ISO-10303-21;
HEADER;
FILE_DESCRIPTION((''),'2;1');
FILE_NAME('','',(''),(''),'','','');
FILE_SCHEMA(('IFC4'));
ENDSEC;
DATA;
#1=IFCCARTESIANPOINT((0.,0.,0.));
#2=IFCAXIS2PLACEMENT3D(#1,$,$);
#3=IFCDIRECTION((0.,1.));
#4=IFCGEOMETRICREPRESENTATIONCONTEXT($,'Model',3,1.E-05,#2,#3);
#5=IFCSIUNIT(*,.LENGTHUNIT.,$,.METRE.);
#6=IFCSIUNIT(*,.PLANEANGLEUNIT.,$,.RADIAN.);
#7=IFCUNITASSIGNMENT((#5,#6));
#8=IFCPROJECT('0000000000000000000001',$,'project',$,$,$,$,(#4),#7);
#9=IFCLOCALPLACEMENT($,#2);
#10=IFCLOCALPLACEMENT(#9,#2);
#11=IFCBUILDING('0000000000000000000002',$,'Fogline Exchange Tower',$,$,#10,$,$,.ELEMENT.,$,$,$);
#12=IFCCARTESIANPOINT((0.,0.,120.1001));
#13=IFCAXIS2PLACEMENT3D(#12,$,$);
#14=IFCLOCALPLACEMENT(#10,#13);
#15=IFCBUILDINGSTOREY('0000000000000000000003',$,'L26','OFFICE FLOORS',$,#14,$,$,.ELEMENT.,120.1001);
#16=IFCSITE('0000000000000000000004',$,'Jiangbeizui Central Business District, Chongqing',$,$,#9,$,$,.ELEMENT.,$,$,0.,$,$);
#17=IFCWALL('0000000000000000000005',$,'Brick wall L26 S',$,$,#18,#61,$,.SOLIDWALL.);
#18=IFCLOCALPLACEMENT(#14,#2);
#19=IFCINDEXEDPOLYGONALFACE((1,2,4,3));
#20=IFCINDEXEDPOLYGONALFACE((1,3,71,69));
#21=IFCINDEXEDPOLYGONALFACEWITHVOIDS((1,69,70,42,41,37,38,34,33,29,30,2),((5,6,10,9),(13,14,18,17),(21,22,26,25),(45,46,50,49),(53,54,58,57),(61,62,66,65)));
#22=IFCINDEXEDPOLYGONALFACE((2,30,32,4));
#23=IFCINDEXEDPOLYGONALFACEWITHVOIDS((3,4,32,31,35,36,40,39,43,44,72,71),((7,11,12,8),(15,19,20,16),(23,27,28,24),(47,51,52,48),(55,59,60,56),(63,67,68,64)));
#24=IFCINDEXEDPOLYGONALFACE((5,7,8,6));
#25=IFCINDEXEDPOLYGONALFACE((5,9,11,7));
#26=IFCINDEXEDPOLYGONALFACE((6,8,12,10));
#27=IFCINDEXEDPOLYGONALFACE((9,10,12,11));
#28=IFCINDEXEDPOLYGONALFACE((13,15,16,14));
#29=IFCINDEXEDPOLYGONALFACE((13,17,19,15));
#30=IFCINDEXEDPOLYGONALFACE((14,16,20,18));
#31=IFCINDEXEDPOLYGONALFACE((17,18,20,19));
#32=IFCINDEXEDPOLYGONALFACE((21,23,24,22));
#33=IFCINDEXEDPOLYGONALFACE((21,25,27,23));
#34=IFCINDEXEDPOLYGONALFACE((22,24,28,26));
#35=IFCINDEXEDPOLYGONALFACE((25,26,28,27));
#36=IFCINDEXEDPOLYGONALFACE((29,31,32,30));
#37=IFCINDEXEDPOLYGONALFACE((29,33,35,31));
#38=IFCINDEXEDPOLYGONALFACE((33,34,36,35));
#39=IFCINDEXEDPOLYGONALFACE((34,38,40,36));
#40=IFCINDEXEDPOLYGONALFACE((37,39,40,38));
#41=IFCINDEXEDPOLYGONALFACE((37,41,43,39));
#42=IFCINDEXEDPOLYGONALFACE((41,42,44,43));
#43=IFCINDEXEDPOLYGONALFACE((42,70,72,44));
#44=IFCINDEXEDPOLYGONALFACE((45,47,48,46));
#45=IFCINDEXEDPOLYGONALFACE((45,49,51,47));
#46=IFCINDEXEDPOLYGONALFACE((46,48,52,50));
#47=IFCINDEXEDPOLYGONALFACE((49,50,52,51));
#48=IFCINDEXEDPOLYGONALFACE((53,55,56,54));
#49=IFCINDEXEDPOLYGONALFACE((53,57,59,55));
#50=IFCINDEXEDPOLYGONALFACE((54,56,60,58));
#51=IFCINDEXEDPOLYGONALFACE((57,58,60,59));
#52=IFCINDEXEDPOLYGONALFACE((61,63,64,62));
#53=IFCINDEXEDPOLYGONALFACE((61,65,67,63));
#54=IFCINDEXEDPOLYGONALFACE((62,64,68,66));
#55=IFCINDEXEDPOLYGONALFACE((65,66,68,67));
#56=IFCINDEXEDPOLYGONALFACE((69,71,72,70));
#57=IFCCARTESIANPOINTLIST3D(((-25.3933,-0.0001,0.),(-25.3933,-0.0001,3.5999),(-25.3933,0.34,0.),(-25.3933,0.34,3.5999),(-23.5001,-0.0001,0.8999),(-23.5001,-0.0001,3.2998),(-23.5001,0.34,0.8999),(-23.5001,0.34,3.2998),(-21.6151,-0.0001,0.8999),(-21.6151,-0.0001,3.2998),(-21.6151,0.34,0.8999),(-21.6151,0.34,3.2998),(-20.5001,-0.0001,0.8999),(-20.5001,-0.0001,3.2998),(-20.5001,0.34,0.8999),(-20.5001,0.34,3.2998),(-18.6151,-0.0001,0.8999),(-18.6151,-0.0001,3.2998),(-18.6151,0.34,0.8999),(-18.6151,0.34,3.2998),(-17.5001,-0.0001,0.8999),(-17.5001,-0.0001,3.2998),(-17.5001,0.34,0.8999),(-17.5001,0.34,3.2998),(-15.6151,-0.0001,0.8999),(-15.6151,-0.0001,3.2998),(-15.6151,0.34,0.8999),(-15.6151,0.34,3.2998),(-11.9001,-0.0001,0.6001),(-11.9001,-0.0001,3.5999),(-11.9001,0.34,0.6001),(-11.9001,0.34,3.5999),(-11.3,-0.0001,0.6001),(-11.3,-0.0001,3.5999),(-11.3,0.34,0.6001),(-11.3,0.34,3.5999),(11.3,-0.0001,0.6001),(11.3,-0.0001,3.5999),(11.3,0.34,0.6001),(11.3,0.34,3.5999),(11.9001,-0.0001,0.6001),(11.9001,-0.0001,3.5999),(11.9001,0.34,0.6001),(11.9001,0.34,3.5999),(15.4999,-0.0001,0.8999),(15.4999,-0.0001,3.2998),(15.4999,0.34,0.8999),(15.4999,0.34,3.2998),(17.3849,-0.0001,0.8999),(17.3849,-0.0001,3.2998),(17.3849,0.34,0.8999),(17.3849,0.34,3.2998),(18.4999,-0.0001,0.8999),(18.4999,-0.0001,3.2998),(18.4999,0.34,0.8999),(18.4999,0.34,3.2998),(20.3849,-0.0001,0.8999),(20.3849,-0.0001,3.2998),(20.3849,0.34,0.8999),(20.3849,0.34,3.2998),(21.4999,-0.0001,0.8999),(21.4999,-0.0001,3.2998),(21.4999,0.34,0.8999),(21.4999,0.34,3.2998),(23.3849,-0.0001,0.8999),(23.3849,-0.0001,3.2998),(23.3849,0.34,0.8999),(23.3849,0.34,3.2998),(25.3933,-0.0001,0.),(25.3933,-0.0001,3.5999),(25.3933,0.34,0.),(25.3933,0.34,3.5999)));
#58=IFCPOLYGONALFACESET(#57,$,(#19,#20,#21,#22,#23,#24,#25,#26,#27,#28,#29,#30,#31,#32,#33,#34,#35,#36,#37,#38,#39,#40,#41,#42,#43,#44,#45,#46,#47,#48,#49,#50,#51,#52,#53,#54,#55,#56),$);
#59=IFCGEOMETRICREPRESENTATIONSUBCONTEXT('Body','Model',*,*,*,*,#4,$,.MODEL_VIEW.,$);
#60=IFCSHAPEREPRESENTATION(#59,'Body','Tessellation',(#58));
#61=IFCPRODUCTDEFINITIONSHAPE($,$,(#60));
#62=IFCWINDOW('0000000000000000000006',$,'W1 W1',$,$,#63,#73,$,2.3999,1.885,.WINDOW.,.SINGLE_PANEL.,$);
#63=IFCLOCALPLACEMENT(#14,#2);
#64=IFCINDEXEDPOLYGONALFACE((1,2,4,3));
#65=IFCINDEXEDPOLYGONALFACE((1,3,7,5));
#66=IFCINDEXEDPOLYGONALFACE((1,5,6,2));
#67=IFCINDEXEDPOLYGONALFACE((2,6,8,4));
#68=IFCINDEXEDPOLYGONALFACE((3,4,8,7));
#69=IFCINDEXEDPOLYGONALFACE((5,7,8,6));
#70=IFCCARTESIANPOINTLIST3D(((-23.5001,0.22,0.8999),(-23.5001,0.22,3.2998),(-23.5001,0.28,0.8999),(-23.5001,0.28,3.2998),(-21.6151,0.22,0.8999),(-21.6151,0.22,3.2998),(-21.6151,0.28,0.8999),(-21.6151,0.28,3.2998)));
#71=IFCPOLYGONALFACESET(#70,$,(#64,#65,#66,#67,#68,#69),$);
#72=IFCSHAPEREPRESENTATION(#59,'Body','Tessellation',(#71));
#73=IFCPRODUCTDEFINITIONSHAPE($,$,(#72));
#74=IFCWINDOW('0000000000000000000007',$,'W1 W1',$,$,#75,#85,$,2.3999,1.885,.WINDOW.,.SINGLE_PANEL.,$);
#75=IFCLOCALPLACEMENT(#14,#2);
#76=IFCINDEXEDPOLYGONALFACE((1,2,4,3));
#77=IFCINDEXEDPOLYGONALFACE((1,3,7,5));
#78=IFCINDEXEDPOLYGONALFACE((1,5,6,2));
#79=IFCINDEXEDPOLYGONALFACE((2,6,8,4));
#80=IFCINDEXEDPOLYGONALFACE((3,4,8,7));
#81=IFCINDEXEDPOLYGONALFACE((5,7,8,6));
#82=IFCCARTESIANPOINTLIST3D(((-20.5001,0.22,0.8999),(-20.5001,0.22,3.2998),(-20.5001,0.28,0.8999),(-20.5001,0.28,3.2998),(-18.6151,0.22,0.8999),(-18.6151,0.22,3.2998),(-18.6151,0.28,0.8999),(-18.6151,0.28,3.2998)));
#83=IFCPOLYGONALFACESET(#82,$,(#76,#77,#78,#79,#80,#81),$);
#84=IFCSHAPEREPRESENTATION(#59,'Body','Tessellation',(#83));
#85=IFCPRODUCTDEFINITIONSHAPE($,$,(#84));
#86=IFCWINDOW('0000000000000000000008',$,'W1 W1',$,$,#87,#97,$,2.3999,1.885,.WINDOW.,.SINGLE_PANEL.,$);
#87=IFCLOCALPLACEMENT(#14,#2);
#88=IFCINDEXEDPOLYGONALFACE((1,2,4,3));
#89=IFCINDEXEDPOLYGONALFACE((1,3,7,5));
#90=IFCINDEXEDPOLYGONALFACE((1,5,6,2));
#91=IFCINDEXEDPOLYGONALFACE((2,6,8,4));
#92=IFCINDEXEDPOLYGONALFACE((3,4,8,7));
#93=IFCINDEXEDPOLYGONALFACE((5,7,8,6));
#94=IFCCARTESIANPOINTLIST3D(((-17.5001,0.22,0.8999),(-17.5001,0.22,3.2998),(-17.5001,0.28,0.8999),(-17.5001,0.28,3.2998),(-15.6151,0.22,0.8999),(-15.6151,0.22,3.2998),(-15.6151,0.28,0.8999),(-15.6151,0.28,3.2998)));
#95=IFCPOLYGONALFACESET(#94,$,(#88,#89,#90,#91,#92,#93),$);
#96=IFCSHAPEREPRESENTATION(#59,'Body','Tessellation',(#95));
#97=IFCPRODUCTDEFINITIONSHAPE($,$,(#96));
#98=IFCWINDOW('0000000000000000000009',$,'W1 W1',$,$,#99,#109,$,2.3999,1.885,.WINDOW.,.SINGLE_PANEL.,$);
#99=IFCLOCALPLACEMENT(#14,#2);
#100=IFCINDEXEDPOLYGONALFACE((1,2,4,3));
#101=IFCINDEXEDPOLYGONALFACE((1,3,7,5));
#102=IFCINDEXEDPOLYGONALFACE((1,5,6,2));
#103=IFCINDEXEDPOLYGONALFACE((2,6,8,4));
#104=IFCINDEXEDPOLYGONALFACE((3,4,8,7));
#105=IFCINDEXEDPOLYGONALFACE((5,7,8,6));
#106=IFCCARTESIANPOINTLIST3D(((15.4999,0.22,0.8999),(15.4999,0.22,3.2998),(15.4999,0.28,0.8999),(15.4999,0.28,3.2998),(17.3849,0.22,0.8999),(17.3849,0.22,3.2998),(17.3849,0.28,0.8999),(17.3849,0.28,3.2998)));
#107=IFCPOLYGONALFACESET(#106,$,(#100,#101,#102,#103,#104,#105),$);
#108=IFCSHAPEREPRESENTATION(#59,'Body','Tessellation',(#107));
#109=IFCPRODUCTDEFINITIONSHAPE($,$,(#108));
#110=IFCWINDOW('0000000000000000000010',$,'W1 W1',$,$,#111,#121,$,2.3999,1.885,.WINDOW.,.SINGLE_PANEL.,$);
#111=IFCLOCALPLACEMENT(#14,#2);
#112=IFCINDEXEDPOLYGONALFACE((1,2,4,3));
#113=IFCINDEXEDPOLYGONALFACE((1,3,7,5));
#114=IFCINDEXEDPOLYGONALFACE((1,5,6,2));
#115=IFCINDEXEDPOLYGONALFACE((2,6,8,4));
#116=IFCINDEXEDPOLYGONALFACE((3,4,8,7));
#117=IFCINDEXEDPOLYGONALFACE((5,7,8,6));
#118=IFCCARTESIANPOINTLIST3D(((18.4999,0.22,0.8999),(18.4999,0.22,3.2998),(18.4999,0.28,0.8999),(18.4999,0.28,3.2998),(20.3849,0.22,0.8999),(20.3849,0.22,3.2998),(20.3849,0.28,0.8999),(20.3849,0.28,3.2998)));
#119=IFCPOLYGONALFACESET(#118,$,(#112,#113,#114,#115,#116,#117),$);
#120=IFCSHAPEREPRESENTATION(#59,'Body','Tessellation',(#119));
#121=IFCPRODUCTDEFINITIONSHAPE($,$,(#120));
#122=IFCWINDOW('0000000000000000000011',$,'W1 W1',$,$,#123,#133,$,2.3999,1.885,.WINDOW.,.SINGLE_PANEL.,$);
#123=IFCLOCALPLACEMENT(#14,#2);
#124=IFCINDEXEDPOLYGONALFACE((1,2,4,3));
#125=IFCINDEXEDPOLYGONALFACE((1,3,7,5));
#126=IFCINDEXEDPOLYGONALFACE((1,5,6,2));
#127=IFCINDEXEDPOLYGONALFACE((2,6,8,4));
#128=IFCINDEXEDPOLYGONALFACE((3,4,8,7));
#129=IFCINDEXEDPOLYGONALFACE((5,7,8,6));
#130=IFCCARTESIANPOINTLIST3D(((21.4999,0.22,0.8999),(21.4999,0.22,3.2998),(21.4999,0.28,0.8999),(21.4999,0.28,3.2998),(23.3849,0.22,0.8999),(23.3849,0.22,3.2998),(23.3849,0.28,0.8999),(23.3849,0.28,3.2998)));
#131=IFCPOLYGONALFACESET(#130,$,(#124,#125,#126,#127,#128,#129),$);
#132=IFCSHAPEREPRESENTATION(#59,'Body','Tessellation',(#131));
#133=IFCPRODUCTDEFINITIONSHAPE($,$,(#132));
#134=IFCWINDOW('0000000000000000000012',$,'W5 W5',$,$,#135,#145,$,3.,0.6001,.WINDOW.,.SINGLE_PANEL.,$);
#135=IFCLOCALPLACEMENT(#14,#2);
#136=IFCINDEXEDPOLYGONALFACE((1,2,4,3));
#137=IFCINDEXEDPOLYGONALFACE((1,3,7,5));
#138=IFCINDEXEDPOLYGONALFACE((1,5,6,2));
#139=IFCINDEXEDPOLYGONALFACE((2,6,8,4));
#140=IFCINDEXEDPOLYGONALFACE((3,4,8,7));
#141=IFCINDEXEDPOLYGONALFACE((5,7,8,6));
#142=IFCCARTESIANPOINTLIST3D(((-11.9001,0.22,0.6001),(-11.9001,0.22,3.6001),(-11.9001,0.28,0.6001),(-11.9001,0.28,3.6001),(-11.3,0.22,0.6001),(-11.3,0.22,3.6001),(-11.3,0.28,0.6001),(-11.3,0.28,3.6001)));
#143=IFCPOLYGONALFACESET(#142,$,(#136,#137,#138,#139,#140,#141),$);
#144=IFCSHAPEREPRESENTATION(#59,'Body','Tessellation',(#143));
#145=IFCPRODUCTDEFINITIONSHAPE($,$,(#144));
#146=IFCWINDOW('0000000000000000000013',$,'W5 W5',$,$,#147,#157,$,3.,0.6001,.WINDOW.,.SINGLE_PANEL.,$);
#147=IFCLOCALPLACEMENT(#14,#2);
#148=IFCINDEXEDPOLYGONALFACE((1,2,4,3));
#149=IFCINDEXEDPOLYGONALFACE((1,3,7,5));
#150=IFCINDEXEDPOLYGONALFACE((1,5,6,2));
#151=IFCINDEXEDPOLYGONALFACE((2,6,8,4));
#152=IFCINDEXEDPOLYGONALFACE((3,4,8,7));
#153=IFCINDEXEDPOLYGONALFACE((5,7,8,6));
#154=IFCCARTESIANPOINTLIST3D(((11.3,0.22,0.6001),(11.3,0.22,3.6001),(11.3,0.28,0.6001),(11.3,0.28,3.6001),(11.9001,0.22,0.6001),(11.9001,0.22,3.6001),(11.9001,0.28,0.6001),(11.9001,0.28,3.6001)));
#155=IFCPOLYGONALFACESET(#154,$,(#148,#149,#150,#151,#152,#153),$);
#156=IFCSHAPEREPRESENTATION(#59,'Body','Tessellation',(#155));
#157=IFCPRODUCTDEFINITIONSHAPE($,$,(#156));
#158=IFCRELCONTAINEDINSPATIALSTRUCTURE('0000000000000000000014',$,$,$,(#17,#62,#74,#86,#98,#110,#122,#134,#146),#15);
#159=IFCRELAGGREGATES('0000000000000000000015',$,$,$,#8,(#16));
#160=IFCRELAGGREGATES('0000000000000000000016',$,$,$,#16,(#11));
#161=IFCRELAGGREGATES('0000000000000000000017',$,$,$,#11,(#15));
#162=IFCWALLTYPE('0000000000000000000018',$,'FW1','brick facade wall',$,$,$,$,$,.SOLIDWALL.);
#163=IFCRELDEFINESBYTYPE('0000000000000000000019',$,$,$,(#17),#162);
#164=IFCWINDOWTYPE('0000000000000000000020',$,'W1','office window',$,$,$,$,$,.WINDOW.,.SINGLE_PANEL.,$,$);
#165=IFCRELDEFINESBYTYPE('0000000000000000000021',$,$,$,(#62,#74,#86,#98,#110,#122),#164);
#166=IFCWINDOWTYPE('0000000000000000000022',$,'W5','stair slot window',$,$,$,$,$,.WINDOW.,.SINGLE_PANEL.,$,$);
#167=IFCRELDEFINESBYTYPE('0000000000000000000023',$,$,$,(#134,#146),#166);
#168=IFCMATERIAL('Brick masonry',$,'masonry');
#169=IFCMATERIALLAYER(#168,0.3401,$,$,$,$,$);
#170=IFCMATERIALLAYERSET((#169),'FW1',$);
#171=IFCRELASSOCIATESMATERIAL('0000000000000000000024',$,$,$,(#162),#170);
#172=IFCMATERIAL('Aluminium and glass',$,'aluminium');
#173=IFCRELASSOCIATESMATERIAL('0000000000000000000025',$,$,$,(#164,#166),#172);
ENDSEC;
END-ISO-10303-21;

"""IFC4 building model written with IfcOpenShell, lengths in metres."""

from ifc_helpers import new_model, si_unit, direction, frame, frame_2d, origin, place, context, subcontext, project, spatial, rectangle, extrude, material, layer, layer_set, type_object, element, fill, save


model = new_model("IFC4")

# Units and contexts
model_context = context("Model", 3, precision=1e-05, world=origin(), true_north=direction((0.0, 1.0)))
body_context = subcontext(model_context, "Body", "Model", "MODEL_VIEW")
ifc_project = project(units=[si_unit("LENGTHUNIT", "METRE"), si_unit("PLANEANGLEUNIT", "RADIAN")], contexts=[model_context])

# Site, building, storey
site_placement = place(None, origin())
site = spatial("IfcSite", under=ifc_project, at=site_placement, Name="Jiangbeizui Central Business District, Chongqing", CompositionType="ELEMENT", RefElevation=0.0)
building_placement = place(site_placement, origin())
building = spatial("IfcBuilding", under=site, at=building_placement, Name="Fogline Exchange Tower", CompositionType="ELEMENT")
storey_placement = place(building_placement, frame((0.0, 0.0, 120.1001)))
storey = spatial("IfcBuildingStorey", under=building, at=storey_placement, Name="L26", Description="OFFICE FLOORS", CompositionType="ELEMENT", Elevation=120.1001)

# Shared definitions
ifc_material_1 = material(Name="Brick masonry", Category="masonry")
ifc_layer_1 = layer(ifc_material_1, 0.3401)
ifc_layer_set_1 = layer_set([ifc_layer_1], Name="FW1")
wall_type_1 = type_object("IfcWallType", Name="FW1", Description="brick facade wall", PredefinedType="SOLIDWALL", material=ifc_layer_set_1)
ifc_material_2 = material(Name="Aluminium and glass", Category="aluminium")

# Wall, openings, windows
wall_1_placement = place(storey_placement, frame((-25.3933, 0.1699, 0.0), z_axis=(0.0, 0.0, 1.0), x_axis=(1.0, 0.0, 0.0)))
wall_1 = element("IfcWall", 1, at=wall_1_placement, inside=storey, type_object=wall_type_1, Name="Brick wall L26 S", PredefinedType="SOLIDWALL", context=body_context, shape_type="SweptSolid", body=[
    extrude(rectangle(XDim=50.7866, YDim=0.3401, at=frame_2d((25.3933, 0.0))), origin(), (0.0, 0.0, 1.0), 3.5999),
])
opening_1_placement = place(wall_1_placement, frame((1.8933, 0.0, 0.8999)))
opening_1 = element("IfcOpeningElement", 2, at=opening_1_placement, cuts=wall_1, PredefinedType="OPENING", context=body_context, shape_type="SweptSolid", body=[
    extrude(rectangle(XDim=1.885, YDim=2.3999, at=frame_2d((0.9424, 1.2))), frame((0.0, 0.1802, 0.0), z_axis=(0.0, -1.0, 0.0), x_axis=(1.0, 0.0, 0.0)), (0.0, 0.0, 1.0), 0.3601),
])
opening_2_placement = place(wall_1_placement, frame((4.8933, 0.0, 0.8999)))
opening_2 = element("IfcOpeningElement", 3, at=opening_2_placement, cuts=wall_1, PredefinedType="OPENING", context=body_context, shape_type="SweptSolid", body=[
    extrude(rectangle(XDim=1.885, YDim=2.3999, at=frame_2d((0.9424, 1.2))), frame((0.0, 0.1802, 0.0), z_axis=(0.0, -1.0, 0.0), x_axis=(1.0, 0.0, 0.0)), (0.0, 0.0, 1.0), 0.3601),
])
opening_3_placement = place(wall_1_placement, frame((7.8933, 0.0, 0.8999)))
opening_3 = element("IfcOpeningElement", 4, at=opening_3_placement, cuts=wall_1, PredefinedType="OPENING", context=body_context, shape_type="SweptSolid", body=[
    extrude(rectangle(XDim=1.885, YDim=2.3999, at=frame_2d((0.9424, 1.2))), frame((0.0, 0.1802, 0.0), z_axis=(0.0, -1.0, 0.0), x_axis=(1.0, 0.0, 0.0)), (0.0, 0.0, 1.0), 0.3601),
])
opening_4_placement = place(wall_1_placement, frame((40.8933, 0.0, 0.8999)))
opening_4 = element("IfcOpeningElement", 5, at=opening_4_placement, cuts=wall_1, PredefinedType="OPENING", context=body_context, shape_type="SweptSolid", body=[
    extrude(rectangle(XDim=1.885, YDim=2.3999, at=frame_2d((0.9424, 1.2))), frame((0.0, 0.1802, 0.0), z_axis=(0.0, -1.0, 0.0), x_axis=(1.0, 0.0, 0.0)), (0.0, 0.0, 1.0), 0.3601),
])
opening_5_placement = place(wall_1_placement, frame((43.8933, 0.0, 0.8999)))
opening_5 = element("IfcOpeningElement", 6, at=opening_5_placement, cuts=wall_1, PredefinedType="OPENING", context=body_context, shape_type="SweptSolid", body=[
    extrude(rectangle(XDim=1.885, YDim=2.3999, at=frame_2d((0.9424, 1.2))), frame((0.0, 0.1802, 0.0), z_axis=(0.0, -1.0, 0.0), x_axis=(1.0, 0.0, 0.0)), (0.0, 0.0, 1.0), 0.3601),
])
opening_6_placement = place(wall_1_placement, frame((46.8933, 0.0, 0.8999)))
opening_6 = element("IfcOpeningElement", 7, at=opening_6_placement, cuts=wall_1, PredefinedType="OPENING", context=body_context, shape_type="SweptSolid", body=[
    extrude(rectangle(XDim=1.885, YDim=2.3999, at=frame_2d((0.9424, 1.2))), frame((0.0, 0.1802, 0.0), z_axis=(0.0, -1.0, 0.0), x_axis=(1.0, 0.0, 0.0)), (0.0, 0.0, 1.0), 0.3601),
])
opening_7_placement = place(wall_1_placement, frame((13.4932, 0.0, 0.6001)))
opening_7 = element("IfcOpeningElement", 8, at=opening_7_placement, cuts=wall_1, PredefinedType="OPENING", context=body_context, shape_type="SweptSolid", body=[
    extrude(rectangle(XDim=0.6001, YDim=3.0, at=frame_2d((0.3, 1.5))), frame((0.0, 0.1802, 0.0), z_axis=(0.0, -1.0, 0.0), x_axis=(1.0, 0.0, 0.0)), (0.0, 0.0, 1.0), 0.3601),
])
opening_8_placement = place(wall_1_placement, frame((36.6934, 0.0, 0.6001)))
opening_8 = element("IfcOpeningElement", 9, at=opening_8_placement, cuts=wall_1, PredefinedType="OPENING", context=body_context, shape_type="SweptSolid", body=[
    extrude(rectangle(XDim=0.6001, YDim=3.0, at=frame_2d((0.3, 1.5))), frame((0.0, 0.1802, 0.0), z_axis=(0.0, -1.0, 0.0), x_axis=(1.0, 0.0, 0.0)), (0.0, 0.0, 1.0), 0.3601),
])
window_type_1 = type_object("IfcWindowType", Name="W1", Description="office window", PartitioningType="SINGLE_PANEL", PredefinedType="WINDOW", material=ifc_material_2)
window_1_placement = place(opening_1_placement, origin())
window_1 = element("IfcWindow", 10, at=window_1_placement, inside=storey, type_object=window_type_1, Name="W1 W1", OverallHeight=2.3999, OverallWidth=1.885, PartitioningType="SINGLE_PANEL", PredefinedType="WINDOW", context=body_context, shape_type="SweptSolid", body=[
    extrude(rectangle(XDim=1.885, YDim=2.3999, at=frame_2d((0.9424, 1.2))), frame((0.0, 0.1101, 0.0), z_axis=(0.0, -1.0, 0.0), x_axis=(1.0, 0.0, 0.0)), (0.0, 0.0, 1.0), 0.0601),
])
fill(opening_1, window_1)
window_2_placement = place(opening_2_placement, origin())
window_2 = element("IfcWindow", 11, at=window_2_placement, inside=storey, type_object=window_type_1, Name="W1 W1", OverallHeight=2.3999, OverallWidth=1.885, PartitioningType="SINGLE_PANEL", PredefinedType="WINDOW", context=body_context, shape_type="SweptSolid", body=[
    extrude(rectangle(XDim=1.885, YDim=2.3999, at=frame_2d((0.9424, 1.2))), frame((0.0, 0.1101, 0.0), z_axis=(0.0, -1.0, 0.0), x_axis=(1.0, 0.0, 0.0)), (0.0, 0.0, 1.0), 0.0601),
])
fill(opening_2, window_2)
window_3_placement = place(opening_3_placement, origin())
window_3 = element("IfcWindow", 12, at=window_3_placement, inside=storey, type_object=window_type_1, Name="W1 W1", OverallHeight=2.3999, OverallWidth=1.885, PartitioningType="SINGLE_PANEL", PredefinedType="WINDOW", context=body_context, shape_type="SweptSolid", body=[
    extrude(rectangle(XDim=1.885, YDim=2.3999, at=frame_2d((0.9424, 1.2))), frame((0.0, 0.1101, 0.0), z_axis=(0.0, -1.0, 0.0), x_axis=(1.0, 0.0, 0.0)), (0.0, 0.0, 1.0), 0.0601),
])
fill(opening_3, window_3)
window_4_placement = place(opening_4_placement, origin())
window_4 = element("IfcWindow", 13, at=window_4_placement, inside=storey, type_object=window_type_1, Name="W1 W1", OverallHeight=2.3999, OverallWidth=1.885, PartitioningType="SINGLE_PANEL", PredefinedType="WINDOW", context=body_context, shape_type="SweptSolid", body=[
    extrude(rectangle(XDim=1.885, YDim=2.3999, at=frame_2d((0.9424, 1.2))), frame((0.0, 0.1101, 0.0), z_axis=(0.0, -1.0, 0.0), x_axis=(1.0, 0.0, 0.0)), (0.0, 0.0, 1.0), 0.0601),
])
fill(opening_4, window_4)
window_5_placement = place(opening_5_placement, origin())
window_5 = element("IfcWindow", 14, at=window_5_placement, inside=storey, type_object=window_type_1, Name="W1 W1", OverallHeight=2.3999, OverallWidth=1.885, PartitioningType="SINGLE_PANEL", PredefinedType="WINDOW", context=body_context, shape_type="SweptSolid", body=[
    extrude(rectangle(XDim=1.885, YDim=2.3999, at=frame_2d((0.9424, 1.2))), frame((0.0, 0.1101, 0.0), z_axis=(0.0, -1.0, 0.0), x_axis=(1.0, 0.0, 0.0)), (0.0, 0.0, 1.0), 0.0601),
])
fill(opening_5, window_5)
window_6_placement = place(opening_6_placement, origin())
window_6 = element("IfcWindow", 15, at=window_6_placement, inside=storey, type_object=window_type_1, Name="W1 W1", OverallHeight=2.3999, OverallWidth=1.885, PartitioningType="SINGLE_PANEL", PredefinedType="WINDOW", context=body_context, shape_type="SweptSolid", body=[
    extrude(rectangle(XDim=1.885, YDim=2.3999, at=frame_2d((0.9424, 1.2))), frame((0.0, 0.1101, 0.0), z_axis=(0.0, -1.0, 0.0), x_axis=(1.0, 0.0, 0.0)), (0.0, 0.0, 1.0), 0.0601),
])
fill(opening_6, window_6)
window_type_2 = type_object("IfcWindowType", Name="W5", Description="stair slot window", PartitioningType="SINGLE_PANEL", PredefinedType="WINDOW", material=ifc_material_2)
window_7_placement = place(opening_7_placement, origin())
window_7 = element("IfcWindow", 16, at=window_7_placement, inside=storey, type_object=window_type_2, Name="W5 W5", OverallHeight=3.0, OverallWidth=0.6001, PartitioningType="SINGLE_PANEL", PredefinedType="WINDOW", context=body_context, shape_type="SweptSolid", body=[
    extrude(rectangle(XDim=0.6001, YDim=3.0, at=frame_2d((0.3, 1.5))), frame((0.0, 0.1101, 0.0), z_axis=(0.0, -1.0, 0.0), x_axis=(1.0, 0.0, 0.0)), (0.0, 0.0, 1.0), 0.0601),
])
fill(opening_7, window_7)
window_8_placement = place(opening_8_placement, origin())
window_8 = element("IfcWindow", 17, at=window_8_placement, inside=storey, type_object=window_type_2, Name="W5 W5", OverallHeight=3.0, OverallWidth=0.6001, PartitioningType="SINGLE_PANEL", PredefinedType="WINDOW", context=body_context, shape_type="SweptSolid", body=[
    extrude(rectangle(XDim=0.6001, YDim=3.0, at=frame_2d((0.3, 1.5))), frame((0.0, 0.1101, 0.0), z_axis=(0.0, -1.0, 0.0), x_axis=(1.0, 0.0, 0.0)), (0.0, 0.0, 1.0), 0.0601),
])
fill(opening_8, window_8)

save(model, "model.ifc")
